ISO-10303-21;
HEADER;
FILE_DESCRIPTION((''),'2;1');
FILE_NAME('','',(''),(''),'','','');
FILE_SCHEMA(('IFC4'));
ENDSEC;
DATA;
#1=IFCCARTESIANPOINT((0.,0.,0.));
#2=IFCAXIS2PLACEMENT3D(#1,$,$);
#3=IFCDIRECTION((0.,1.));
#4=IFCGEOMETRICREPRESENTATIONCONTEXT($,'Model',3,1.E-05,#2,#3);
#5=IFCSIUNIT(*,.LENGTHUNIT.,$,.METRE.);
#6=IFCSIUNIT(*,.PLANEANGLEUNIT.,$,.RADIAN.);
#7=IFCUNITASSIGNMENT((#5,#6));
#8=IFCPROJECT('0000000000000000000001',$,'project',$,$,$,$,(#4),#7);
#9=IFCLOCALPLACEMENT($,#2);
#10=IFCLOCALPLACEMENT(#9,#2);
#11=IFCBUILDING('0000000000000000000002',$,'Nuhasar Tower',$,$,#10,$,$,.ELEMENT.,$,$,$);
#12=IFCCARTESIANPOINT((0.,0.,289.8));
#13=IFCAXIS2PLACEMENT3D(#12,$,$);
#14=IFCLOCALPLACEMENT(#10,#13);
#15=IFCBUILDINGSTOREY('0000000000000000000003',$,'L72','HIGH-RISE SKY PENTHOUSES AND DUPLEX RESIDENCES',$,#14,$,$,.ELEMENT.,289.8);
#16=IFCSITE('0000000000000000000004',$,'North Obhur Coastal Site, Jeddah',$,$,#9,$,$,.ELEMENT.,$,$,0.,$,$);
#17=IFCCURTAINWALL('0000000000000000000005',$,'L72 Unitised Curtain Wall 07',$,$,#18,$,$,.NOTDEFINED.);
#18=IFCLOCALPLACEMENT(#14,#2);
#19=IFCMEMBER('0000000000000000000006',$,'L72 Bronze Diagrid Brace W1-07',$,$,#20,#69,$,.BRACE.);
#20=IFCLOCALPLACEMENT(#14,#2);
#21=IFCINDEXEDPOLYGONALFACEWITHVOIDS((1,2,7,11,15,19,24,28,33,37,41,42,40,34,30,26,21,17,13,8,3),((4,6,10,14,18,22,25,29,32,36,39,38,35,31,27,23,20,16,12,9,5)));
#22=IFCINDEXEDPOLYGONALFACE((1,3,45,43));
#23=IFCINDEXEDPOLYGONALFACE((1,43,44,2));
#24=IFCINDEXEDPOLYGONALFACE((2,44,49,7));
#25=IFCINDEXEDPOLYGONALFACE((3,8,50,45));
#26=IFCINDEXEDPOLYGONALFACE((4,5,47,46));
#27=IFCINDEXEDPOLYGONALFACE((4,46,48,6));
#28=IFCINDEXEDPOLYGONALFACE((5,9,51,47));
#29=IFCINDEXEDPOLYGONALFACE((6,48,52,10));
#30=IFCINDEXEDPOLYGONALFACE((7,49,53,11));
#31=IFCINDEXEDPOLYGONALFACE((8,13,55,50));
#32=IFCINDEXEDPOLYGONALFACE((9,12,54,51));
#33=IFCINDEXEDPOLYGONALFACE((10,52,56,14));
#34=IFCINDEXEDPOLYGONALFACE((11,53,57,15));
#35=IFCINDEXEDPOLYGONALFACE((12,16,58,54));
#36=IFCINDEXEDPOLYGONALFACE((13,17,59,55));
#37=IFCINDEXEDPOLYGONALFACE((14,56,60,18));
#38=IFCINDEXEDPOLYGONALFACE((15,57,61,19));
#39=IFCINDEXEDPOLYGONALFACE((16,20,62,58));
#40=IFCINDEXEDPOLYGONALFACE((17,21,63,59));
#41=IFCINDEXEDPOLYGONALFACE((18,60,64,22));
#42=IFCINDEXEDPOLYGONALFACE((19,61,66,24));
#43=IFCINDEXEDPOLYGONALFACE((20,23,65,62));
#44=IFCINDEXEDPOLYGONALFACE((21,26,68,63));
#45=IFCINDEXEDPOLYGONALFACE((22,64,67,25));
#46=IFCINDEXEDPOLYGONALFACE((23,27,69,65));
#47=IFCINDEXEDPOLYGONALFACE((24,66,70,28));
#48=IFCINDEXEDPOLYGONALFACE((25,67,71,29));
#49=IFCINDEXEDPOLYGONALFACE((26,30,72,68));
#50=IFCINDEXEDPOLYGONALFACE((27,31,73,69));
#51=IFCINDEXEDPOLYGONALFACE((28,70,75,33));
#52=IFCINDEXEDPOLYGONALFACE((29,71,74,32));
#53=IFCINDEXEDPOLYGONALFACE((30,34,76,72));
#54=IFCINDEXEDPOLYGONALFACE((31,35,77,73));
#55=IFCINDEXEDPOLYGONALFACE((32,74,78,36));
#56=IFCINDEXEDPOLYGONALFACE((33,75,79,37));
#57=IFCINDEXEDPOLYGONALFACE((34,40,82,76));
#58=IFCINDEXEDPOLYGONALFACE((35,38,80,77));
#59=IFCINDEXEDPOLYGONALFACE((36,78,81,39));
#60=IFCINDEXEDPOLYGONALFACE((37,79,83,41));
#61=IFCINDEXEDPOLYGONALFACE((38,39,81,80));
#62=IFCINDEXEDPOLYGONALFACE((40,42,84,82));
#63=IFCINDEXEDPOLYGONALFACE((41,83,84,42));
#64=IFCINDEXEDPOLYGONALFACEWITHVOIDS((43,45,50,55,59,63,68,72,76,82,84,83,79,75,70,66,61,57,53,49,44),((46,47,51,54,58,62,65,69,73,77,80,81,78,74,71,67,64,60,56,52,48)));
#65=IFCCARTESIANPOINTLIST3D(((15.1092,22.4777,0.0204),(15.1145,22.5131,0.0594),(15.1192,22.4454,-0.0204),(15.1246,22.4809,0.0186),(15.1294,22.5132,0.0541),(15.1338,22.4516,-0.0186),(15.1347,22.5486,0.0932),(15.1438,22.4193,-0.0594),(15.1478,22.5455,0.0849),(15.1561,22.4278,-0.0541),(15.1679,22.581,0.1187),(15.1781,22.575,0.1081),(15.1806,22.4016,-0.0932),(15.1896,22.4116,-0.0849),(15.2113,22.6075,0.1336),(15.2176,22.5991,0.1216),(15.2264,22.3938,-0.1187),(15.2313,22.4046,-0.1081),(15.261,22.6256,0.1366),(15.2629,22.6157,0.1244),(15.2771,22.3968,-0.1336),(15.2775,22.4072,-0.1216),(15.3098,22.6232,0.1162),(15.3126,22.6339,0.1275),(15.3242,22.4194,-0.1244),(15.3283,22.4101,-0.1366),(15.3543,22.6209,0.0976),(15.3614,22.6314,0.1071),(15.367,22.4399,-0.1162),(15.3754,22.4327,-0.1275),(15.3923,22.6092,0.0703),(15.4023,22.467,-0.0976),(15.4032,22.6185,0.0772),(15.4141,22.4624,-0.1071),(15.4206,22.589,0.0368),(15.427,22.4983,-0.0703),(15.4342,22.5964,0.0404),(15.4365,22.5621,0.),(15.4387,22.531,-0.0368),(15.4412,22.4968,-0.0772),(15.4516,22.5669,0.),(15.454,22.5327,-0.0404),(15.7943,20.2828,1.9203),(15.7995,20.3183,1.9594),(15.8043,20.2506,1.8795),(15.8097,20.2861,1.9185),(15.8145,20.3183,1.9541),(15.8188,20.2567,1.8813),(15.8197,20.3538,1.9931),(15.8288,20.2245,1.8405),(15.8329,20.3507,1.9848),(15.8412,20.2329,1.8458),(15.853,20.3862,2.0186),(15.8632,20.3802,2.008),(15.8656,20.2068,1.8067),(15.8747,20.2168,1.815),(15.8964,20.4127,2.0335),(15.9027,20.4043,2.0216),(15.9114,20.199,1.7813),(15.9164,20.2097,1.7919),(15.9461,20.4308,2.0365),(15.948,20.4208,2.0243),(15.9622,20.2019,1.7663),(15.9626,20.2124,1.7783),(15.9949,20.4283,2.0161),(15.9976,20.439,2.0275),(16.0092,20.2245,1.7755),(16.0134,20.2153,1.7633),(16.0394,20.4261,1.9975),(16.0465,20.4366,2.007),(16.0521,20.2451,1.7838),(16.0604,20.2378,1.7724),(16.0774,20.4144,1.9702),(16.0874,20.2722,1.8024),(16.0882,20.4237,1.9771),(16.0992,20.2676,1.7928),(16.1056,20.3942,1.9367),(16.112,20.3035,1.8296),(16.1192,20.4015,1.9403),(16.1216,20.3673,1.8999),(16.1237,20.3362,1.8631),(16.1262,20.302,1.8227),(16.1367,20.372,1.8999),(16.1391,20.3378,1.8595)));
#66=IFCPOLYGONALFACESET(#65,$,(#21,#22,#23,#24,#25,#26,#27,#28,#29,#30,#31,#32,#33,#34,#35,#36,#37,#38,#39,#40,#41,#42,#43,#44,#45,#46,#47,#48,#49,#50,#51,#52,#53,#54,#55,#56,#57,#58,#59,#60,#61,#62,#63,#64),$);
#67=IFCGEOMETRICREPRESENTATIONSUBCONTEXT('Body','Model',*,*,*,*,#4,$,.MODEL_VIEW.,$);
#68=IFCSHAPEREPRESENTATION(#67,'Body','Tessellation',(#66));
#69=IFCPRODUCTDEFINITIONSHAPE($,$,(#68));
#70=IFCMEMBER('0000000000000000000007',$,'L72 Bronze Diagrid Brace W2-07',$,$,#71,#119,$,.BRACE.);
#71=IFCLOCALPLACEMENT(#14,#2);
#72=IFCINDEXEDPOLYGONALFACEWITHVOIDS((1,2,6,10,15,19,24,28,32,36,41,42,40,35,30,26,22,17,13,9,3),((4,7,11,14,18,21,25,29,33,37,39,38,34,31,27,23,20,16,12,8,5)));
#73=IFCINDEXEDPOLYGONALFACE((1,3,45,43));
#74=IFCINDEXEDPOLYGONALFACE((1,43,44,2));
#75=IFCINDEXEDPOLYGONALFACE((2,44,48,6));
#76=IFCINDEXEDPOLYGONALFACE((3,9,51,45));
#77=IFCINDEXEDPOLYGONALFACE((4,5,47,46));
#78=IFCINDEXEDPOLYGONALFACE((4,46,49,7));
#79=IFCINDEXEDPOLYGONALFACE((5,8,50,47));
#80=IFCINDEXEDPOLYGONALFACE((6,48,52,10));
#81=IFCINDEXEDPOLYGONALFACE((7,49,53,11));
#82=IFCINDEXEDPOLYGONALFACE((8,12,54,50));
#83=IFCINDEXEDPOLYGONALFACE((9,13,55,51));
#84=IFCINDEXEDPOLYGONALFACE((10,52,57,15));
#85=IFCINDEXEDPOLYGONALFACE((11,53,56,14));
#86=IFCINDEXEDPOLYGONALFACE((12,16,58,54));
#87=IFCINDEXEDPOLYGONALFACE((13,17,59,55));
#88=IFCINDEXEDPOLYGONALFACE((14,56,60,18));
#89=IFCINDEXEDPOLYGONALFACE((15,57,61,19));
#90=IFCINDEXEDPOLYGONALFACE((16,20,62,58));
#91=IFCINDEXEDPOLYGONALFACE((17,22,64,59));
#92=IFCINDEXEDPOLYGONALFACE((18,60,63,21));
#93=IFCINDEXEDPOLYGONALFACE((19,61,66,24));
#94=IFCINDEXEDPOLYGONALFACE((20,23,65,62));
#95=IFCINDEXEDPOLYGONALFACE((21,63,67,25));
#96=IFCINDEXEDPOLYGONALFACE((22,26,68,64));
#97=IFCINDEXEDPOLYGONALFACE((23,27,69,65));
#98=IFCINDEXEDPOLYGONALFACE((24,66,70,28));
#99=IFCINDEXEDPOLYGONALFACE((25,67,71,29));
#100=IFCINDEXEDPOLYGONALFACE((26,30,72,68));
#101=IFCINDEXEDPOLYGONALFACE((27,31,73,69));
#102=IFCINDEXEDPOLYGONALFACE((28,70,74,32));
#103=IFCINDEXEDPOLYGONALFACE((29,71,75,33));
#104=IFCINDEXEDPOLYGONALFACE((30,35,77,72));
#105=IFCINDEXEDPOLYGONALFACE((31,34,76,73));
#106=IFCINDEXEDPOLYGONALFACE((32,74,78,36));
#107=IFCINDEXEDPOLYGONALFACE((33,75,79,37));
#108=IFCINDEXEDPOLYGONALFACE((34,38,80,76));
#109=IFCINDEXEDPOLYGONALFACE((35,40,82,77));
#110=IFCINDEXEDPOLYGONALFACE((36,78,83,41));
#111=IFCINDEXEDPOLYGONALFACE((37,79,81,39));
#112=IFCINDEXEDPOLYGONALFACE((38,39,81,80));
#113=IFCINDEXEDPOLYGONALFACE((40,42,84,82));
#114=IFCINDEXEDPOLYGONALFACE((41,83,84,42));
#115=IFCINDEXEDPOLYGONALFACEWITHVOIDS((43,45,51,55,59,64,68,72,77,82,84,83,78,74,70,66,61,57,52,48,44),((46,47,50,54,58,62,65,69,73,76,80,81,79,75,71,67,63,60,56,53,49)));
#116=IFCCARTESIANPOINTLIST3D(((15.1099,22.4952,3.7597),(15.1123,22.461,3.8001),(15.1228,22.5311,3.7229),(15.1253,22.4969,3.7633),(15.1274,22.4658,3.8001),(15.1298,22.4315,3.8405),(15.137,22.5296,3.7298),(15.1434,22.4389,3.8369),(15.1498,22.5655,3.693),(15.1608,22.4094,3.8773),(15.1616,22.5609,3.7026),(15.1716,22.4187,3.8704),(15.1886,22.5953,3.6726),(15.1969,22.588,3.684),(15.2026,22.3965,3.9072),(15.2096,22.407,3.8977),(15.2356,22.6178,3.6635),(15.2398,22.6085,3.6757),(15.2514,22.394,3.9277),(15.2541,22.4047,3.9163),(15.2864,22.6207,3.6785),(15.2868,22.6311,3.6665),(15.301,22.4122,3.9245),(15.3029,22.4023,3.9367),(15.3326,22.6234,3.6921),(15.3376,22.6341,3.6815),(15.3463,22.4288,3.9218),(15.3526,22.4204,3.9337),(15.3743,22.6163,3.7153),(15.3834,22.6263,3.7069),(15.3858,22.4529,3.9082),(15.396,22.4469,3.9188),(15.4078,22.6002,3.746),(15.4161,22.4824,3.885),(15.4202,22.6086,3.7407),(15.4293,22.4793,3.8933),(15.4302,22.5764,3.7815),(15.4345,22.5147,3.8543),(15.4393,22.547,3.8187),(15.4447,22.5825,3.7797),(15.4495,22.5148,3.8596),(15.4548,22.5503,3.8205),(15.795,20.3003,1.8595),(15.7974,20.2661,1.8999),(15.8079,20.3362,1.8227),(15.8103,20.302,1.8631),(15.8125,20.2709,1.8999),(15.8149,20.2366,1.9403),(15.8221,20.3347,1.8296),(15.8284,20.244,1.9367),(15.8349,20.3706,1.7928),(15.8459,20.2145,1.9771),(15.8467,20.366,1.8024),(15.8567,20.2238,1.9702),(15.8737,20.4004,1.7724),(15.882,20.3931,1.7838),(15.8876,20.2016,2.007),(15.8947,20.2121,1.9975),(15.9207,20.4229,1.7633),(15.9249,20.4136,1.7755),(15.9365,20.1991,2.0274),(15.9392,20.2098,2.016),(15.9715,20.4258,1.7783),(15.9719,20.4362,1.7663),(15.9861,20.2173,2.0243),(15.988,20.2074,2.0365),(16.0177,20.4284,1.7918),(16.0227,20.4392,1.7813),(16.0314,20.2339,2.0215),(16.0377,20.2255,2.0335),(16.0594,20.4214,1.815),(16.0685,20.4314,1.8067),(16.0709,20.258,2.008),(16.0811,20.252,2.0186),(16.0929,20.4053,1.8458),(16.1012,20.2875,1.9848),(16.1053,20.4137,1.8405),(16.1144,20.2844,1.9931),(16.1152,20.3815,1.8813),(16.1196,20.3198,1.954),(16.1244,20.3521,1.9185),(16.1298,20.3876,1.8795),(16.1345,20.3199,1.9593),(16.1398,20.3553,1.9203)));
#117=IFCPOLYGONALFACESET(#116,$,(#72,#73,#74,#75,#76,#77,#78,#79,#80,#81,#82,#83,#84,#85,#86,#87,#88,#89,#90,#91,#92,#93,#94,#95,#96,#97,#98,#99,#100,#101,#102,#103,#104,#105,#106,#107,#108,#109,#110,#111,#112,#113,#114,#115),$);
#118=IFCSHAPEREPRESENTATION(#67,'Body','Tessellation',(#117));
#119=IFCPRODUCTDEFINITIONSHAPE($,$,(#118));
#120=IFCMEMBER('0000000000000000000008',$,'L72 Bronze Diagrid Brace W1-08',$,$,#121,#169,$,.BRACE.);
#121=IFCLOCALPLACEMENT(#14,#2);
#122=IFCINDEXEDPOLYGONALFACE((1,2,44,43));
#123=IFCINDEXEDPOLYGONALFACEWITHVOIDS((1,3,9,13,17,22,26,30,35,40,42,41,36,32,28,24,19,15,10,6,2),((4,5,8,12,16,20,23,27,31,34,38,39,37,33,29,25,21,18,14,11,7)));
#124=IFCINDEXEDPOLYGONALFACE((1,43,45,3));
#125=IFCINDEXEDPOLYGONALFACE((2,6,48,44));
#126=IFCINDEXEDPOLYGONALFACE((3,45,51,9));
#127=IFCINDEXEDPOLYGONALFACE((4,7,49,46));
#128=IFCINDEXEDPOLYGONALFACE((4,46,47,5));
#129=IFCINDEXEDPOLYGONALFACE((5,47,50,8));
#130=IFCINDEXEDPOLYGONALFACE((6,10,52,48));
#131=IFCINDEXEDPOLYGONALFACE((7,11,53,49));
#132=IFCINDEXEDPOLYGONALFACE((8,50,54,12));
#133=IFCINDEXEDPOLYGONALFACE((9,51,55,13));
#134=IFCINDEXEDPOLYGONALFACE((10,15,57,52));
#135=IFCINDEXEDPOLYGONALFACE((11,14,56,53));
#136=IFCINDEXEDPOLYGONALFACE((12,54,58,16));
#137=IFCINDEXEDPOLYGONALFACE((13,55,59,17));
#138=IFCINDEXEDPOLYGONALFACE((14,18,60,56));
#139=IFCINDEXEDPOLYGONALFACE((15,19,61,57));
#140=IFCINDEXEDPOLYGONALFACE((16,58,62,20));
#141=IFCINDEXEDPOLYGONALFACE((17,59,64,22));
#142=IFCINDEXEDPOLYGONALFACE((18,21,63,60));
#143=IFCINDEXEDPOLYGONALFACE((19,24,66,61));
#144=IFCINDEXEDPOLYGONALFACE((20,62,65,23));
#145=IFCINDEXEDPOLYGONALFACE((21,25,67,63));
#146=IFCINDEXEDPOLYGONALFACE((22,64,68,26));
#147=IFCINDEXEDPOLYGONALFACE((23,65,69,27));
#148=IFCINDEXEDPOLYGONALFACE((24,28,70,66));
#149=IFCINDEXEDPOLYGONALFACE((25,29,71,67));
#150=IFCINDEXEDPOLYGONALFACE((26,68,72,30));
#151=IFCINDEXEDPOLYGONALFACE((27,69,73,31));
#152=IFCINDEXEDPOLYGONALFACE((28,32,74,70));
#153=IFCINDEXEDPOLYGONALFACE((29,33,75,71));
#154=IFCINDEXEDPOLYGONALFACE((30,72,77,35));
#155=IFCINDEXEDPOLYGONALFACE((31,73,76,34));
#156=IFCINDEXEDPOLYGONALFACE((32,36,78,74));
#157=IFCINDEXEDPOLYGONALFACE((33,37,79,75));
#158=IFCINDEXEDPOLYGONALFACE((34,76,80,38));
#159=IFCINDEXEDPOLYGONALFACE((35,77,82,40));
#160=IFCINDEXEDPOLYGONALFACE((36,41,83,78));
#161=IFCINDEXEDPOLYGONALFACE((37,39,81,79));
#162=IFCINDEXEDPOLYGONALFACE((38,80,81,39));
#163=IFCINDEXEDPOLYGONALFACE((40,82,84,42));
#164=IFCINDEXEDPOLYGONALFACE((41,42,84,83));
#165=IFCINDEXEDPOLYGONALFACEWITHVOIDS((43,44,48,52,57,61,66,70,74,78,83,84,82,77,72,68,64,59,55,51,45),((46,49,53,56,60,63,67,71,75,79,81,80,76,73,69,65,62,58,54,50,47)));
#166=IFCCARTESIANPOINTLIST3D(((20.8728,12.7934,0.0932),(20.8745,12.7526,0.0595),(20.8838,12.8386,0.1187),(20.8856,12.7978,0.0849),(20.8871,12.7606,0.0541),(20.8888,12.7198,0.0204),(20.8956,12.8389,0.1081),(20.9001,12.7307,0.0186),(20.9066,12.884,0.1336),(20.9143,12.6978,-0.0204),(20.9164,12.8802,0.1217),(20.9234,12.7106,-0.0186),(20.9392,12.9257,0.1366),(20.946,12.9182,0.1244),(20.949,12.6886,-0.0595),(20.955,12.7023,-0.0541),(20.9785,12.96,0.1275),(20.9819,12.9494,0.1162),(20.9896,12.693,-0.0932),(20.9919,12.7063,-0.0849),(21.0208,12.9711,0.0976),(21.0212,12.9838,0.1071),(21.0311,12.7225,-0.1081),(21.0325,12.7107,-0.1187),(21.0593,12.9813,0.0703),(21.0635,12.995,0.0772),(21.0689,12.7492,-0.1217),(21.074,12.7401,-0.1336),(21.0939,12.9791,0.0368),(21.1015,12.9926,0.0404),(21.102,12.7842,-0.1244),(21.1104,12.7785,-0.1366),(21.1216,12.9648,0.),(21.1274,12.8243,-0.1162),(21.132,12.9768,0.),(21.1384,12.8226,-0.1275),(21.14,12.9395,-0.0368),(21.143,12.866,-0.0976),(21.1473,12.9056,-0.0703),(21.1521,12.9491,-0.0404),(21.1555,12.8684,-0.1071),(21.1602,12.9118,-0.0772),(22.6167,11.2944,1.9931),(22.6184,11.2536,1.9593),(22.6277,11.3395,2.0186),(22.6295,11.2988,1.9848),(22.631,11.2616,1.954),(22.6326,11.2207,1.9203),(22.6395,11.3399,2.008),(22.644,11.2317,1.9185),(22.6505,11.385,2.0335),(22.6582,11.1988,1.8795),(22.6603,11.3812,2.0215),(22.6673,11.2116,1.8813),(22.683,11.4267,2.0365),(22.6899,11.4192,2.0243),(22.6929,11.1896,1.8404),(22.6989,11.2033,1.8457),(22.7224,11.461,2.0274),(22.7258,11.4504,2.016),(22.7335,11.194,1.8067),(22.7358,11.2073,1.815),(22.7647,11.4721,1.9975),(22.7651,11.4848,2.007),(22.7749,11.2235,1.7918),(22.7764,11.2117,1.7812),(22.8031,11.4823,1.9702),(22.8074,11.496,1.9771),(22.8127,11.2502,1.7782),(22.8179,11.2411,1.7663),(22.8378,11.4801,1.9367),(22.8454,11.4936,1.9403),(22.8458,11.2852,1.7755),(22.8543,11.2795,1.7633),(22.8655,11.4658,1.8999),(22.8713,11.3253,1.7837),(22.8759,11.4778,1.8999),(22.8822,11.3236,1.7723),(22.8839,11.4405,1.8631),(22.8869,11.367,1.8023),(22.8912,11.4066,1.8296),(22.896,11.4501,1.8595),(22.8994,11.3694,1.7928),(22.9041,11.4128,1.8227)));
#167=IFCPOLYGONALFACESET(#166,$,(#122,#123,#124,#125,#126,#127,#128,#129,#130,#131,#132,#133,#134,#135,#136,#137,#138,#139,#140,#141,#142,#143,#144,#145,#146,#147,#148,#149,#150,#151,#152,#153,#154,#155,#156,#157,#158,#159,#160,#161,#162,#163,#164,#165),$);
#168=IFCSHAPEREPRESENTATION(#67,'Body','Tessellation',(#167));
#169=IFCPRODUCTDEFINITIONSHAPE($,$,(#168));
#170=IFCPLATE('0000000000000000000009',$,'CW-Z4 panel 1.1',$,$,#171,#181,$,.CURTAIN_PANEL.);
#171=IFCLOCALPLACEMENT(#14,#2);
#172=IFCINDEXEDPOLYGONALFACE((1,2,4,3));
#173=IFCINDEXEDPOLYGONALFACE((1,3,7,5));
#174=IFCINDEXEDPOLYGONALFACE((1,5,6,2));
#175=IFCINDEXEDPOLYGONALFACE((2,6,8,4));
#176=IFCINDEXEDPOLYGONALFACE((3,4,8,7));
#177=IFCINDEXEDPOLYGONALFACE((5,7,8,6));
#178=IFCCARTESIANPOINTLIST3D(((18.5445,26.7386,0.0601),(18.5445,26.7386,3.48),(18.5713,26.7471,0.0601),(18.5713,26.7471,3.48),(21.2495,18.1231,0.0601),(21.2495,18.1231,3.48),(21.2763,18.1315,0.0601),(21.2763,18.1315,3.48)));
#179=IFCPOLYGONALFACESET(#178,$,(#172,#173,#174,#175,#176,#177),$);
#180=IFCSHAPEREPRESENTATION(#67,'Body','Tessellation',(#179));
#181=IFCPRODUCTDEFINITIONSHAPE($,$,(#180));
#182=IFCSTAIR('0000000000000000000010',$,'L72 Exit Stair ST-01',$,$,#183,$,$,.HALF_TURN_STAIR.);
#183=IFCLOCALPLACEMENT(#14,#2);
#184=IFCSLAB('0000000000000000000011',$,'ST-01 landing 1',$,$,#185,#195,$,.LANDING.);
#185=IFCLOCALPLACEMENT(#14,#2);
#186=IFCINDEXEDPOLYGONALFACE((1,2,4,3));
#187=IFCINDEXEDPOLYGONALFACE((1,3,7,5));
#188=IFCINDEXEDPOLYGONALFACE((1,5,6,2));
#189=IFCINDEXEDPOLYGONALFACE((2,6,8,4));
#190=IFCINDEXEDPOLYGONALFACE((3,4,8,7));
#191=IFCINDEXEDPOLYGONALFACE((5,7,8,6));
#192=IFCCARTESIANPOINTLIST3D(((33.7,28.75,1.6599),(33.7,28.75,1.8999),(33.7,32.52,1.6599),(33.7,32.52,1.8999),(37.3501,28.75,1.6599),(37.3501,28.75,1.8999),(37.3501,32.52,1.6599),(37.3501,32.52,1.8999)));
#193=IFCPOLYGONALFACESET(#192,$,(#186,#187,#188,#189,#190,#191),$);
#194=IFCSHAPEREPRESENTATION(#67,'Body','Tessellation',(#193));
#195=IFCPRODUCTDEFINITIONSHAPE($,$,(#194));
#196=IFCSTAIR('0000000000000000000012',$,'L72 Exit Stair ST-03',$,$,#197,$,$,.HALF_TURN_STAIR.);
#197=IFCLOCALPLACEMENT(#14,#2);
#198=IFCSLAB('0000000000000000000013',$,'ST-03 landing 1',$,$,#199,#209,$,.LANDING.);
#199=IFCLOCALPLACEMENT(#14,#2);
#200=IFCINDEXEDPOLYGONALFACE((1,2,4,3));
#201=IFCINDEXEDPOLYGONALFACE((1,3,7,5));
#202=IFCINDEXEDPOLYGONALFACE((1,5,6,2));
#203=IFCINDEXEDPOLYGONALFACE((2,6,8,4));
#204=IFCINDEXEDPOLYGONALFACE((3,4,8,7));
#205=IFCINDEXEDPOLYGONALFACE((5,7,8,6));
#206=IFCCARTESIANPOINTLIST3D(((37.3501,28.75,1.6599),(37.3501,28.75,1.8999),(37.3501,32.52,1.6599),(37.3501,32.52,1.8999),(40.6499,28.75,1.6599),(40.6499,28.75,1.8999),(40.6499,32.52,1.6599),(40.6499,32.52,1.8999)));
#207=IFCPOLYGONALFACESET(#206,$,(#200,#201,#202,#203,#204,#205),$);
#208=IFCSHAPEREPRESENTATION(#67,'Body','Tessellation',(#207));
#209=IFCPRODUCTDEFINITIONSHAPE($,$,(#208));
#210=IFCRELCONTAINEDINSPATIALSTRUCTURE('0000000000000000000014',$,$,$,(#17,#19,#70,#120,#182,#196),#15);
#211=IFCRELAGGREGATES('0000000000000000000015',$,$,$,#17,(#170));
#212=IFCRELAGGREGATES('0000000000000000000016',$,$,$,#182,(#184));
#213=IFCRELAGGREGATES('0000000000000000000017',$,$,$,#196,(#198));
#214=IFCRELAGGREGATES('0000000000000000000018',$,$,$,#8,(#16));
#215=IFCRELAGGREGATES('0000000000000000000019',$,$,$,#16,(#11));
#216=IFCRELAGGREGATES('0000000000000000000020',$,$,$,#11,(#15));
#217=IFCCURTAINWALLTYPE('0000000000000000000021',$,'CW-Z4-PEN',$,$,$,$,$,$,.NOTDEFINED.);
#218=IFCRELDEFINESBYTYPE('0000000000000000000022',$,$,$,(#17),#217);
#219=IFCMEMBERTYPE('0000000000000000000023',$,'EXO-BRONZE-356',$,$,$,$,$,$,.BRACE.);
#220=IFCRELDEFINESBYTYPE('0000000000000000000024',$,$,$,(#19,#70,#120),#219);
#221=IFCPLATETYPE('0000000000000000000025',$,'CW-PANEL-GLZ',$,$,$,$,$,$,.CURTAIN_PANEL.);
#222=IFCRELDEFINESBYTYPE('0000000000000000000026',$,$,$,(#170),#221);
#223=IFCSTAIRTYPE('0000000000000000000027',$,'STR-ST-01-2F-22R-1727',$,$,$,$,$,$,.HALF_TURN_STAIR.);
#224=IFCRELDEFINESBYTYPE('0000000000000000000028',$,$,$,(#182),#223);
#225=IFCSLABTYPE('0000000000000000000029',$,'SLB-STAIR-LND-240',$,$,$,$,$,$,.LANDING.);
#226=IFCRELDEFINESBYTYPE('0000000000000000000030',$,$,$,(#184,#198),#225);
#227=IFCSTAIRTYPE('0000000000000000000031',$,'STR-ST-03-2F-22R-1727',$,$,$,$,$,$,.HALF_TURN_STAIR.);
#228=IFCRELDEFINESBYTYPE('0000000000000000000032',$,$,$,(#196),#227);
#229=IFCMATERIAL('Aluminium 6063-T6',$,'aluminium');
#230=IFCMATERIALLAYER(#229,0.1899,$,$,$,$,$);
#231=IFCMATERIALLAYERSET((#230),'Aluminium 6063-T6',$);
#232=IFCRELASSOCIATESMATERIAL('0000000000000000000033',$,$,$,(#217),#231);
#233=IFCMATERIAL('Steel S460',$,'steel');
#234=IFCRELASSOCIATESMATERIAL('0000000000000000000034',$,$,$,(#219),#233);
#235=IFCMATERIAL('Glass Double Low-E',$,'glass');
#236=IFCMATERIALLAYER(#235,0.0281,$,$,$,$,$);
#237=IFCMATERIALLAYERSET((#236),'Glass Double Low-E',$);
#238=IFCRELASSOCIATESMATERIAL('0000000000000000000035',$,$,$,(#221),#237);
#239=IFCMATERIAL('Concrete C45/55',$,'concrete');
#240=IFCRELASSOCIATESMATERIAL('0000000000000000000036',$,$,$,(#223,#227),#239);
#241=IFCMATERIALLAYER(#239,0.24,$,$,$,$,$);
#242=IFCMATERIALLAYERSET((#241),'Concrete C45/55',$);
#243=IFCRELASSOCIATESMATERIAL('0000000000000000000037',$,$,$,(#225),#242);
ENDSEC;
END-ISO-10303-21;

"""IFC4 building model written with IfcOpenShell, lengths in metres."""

from ifc_helpers import new_model, si_unit, direction, frame, origin, origin_2d, place, context, subcontext, project, spatial, polyline, rectangle, hollow_circle, outline, extrude, material, layer, layer_set, material_profile, profile_set, type_object, element, aggregate, save


model = new_model("IFC4")

# Units and contexts
model_context = context("Model", 3, precision=1e-05, world=origin(), true_north=direction((0.0, 1.0)))
body_context = subcontext(model_context, "Body", "Model", "MODEL_VIEW")
ifc_project = project(units=[si_unit("LENGTHUNIT", "METRE"), si_unit("PLANEANGLEUNIT", "RADIAN")], contexts=[model_context])

# Site, building, storey
site_placement = place(None, origin())
site = spatial("IfcSite", under=ifc_project, at=site_placement, Name="North Obhur Coastal Site, Jeddah", CompositionType="ELEMENT", RefElevation=0.0)
building_placement = place(site_placement, origin())
building = spatial("IfcBuilding", under=site, at=building_placement, Name="Nuhasar Tower", CompositionType="ELEMENT")
storey_placement = place(building_placement, frame((0.0, 0.0, 289.8)))
storey = spatial("IfcBuildingStorey", under=building, at=storey_placement, Name="L72", Description="HIGH-RISE SKY PENTHOUSES AND DUPLEX RESIDENCES", CompositionType="ELEMENT", Elevation=289.8)

# Curtain wall
ifc_material_1 = material(Name="Aluminium 6063-T6", Category="aluminium")
ifc_layer_1 = layer(ifc_material_1, 0.1899)
ifc_layer_set_1 = layer_set([ifc_layer_1], Name="Aluminium 6063-T6")
curtain_wall_type = type_object("IfcCurtainWallType", Name="CW-Z4-PEN", PredefinedType="NOTDEFINED", material=ifc_layer_set_1)
curtain_wall_1_placement = place(storey_placement, origin())
curtain_wall_1 = element("IfcCurtainWall", 1, at=curtain_wall_1_placement, inside=storey, type_object=curtain_wall_type, Name="L72 Unitised Curtain Wall 07", PredefinedType="NOTDEFINED")

# Members
ifc_material_2 = material(Name="Steel S460", Category="steel")
ifc_material_profile_1 = material_profile(ifc_material_2, hollow_circle(Radius=0.1777, WallThickness=0.0159, at=origin_2d()), Name="HSS355.6X15.9")
ifc_profile_set_1 = profile_set([ifc_material_profile_1], Name="Steel S460")
member_type_1 = type_object("IfcMemberType", Name="EXO-BRONZE-356", PredefinedType="BRACE", material=ifc_profile_set_1)
member_1_placement = place(storey_placement, frame((15.282, 22.5139, 0.0), z_axis=(0.229681, -0.735864, 0.636985), x_axis=(0.954582, 0.297948, 0.0)))
element("IfcMember", 2, at=member_1_placement, inside=storey, type_object=member_type_1, Name="L72 Bronze Diagrid Brace W1-07", PredefinedType="BRACE", context=body_context, shape_type="SweptSolid", body=[
    extrude(hollow_circle(Radius=0.1777, WallThickness=0.0159, at=origin_2d()), origin(), (0.0, 0.0, 1.0), 2.9827),
])
for number, where, z_axis, x_axis, name in (
    (3, (15.967, 20.3191, 1.8999), (-0.229669, 0.735826, 0.637034), (-0.954582, -0.297948, 0.0), "L72 Bronze Diagrid Brace W2-07"),
    (4, (21.0161, 12.842, 0.0), (0.584625, -0.502534, 0.636925), (0.651857, 0.758342, 0.0), "L72 Bronze Diagrid Brace W1-08"),
):
    element("IfcMember", number, at=place(storey_placement, frame(where, z_axis=z_axis, x_axis=x_axis)), inside=storey, type_object=member_type_1, Name=name, PredefinedType="BRACE", context=body_context, shape_type="SweptSolid", body=[
        extrude(hollow_circle(Radius=0.1777, WallThickness=0.0159, at=origin_2d()), origin(), (0.0, 0.0, 1.0), 2.9829),
    ])

# Plate
ifc_material_3 = material(Name="Glass Double Low-E", Category="glass")
ifc_layer_2 = layer(ifc_material_3, 0.0281)
ifc_layer_set_2 = layer_set([ifc_layer_2], Name="Glass Double Low-E")
plate_type = type_object("IfcPlateType", Name="CW-PANEL-GLZ", PredefinedType="CURTAIN_PANEL", material=ifc_layer_set_2)
plate_placement = place(storey_placement, frame((19.9104, 22.4351, 0.0601), z_axis=(0.0, 0.0, 1.0), x_axis=(0.299557, -0.954079, 0.0)))
plate = element("IfcPlate", 5, at=plate_placement, type_object=plate_type, Name="CW-Z4 panel 1.1", PredefinedType="CURTAIN_PANEL", context=body_context, shape_type="SweptSolid", body=[
    extrude(rectangle(XDim=9.0303, YDim=0.0281, at=origin_2d()), origin(), (0.0, 0.0, 1.0), 3.4199),
])
aggregate(curtain_wall_1, [plate])

# Stairs, slabs
ifc_material_4 = material(Name="Concrete C45/55", Category="concrete")
stair_type_1 = type_object("IfcStairType", Name="STR-ST-01-2F-22R-1727", PredefinedType="HALF_TURN_STAIR", material=ifc_material_4)
stair_1_placement = place(storey_placement, origin())
stair_1 = element("IfcStair", 6, at=stair_1_placement, inside=storey, type_object=stair_type_1, Name="L72 Exit Stair ST-01", PredefinedType="HALF_TURN_STAIR")
ifc_layer_3 = layer(ifc_material_4, 0.24)
ifc_layer_set_3 = layer_set([ifc_layer_3], Name="Concrete C45/55")
slab_type_1 = type_object("IfcSlabType", Name="SLB-STAIR-LND-240", PredefinedType="LANDING", material=ifc_layer_set_3)
slab_1_placement = place(storey_placement, frame((0.0, 0.0, 1.6599)))
slab_1 = element("IfcSlab", 7, at=slab_1_placement, type_object=slab_type_1, Name="ST-01 landing 1", PredefinedType="LANDING", context=body_context, shape_type="SweptSolid", body=[
    extrude(outline(polyline([(33.7, 28.75), (37.3501, 28.75), (37.3501, 32.52), (33.7, 32.52), (33.7, 28.75)])), origin(), (0.0, 0.0, 1.0), 0.24),
])
aggregate(stair_1, [slab_1])
stair_type_2 = type_object("IfcStairType", Name="STR-ST-03-2F-22R-1727", PredefinedType="HALF_TURN_STAIR", material=ifc_material_4)
stair_2_placement = place(storey_placement, origin())
stair_2 = element("IfcStair", 8, at=stair_2_placement, inside=storey, type_object=stair_type_2, Name="L72 Exit Stair ST-03", PredefinedType="HALF_TURN_STAIR")
slab_2_placement = place(storey_placement, frame((0.0, 0.0, 1.6599)))
slab_2 = element("IfcSlab", 9, at=slab_2_placement, type_object=slab_type_1, Name="ST-03 landing 1", PredefinedType="LANDING", context=body_context, shape_type="SweptSolid", body=[
    extrude(outline(polyline([(37.3501, 28.75), (40.6499, 28.75), (40.6499, 32.52), (37.3501, 32.52), (37.3501, 28.75)])), origin(), (0.0, 0.0, 1.0), 0.24),
])
aggregate(stair_2, [slab_2])

save(model, "model.ifc")
